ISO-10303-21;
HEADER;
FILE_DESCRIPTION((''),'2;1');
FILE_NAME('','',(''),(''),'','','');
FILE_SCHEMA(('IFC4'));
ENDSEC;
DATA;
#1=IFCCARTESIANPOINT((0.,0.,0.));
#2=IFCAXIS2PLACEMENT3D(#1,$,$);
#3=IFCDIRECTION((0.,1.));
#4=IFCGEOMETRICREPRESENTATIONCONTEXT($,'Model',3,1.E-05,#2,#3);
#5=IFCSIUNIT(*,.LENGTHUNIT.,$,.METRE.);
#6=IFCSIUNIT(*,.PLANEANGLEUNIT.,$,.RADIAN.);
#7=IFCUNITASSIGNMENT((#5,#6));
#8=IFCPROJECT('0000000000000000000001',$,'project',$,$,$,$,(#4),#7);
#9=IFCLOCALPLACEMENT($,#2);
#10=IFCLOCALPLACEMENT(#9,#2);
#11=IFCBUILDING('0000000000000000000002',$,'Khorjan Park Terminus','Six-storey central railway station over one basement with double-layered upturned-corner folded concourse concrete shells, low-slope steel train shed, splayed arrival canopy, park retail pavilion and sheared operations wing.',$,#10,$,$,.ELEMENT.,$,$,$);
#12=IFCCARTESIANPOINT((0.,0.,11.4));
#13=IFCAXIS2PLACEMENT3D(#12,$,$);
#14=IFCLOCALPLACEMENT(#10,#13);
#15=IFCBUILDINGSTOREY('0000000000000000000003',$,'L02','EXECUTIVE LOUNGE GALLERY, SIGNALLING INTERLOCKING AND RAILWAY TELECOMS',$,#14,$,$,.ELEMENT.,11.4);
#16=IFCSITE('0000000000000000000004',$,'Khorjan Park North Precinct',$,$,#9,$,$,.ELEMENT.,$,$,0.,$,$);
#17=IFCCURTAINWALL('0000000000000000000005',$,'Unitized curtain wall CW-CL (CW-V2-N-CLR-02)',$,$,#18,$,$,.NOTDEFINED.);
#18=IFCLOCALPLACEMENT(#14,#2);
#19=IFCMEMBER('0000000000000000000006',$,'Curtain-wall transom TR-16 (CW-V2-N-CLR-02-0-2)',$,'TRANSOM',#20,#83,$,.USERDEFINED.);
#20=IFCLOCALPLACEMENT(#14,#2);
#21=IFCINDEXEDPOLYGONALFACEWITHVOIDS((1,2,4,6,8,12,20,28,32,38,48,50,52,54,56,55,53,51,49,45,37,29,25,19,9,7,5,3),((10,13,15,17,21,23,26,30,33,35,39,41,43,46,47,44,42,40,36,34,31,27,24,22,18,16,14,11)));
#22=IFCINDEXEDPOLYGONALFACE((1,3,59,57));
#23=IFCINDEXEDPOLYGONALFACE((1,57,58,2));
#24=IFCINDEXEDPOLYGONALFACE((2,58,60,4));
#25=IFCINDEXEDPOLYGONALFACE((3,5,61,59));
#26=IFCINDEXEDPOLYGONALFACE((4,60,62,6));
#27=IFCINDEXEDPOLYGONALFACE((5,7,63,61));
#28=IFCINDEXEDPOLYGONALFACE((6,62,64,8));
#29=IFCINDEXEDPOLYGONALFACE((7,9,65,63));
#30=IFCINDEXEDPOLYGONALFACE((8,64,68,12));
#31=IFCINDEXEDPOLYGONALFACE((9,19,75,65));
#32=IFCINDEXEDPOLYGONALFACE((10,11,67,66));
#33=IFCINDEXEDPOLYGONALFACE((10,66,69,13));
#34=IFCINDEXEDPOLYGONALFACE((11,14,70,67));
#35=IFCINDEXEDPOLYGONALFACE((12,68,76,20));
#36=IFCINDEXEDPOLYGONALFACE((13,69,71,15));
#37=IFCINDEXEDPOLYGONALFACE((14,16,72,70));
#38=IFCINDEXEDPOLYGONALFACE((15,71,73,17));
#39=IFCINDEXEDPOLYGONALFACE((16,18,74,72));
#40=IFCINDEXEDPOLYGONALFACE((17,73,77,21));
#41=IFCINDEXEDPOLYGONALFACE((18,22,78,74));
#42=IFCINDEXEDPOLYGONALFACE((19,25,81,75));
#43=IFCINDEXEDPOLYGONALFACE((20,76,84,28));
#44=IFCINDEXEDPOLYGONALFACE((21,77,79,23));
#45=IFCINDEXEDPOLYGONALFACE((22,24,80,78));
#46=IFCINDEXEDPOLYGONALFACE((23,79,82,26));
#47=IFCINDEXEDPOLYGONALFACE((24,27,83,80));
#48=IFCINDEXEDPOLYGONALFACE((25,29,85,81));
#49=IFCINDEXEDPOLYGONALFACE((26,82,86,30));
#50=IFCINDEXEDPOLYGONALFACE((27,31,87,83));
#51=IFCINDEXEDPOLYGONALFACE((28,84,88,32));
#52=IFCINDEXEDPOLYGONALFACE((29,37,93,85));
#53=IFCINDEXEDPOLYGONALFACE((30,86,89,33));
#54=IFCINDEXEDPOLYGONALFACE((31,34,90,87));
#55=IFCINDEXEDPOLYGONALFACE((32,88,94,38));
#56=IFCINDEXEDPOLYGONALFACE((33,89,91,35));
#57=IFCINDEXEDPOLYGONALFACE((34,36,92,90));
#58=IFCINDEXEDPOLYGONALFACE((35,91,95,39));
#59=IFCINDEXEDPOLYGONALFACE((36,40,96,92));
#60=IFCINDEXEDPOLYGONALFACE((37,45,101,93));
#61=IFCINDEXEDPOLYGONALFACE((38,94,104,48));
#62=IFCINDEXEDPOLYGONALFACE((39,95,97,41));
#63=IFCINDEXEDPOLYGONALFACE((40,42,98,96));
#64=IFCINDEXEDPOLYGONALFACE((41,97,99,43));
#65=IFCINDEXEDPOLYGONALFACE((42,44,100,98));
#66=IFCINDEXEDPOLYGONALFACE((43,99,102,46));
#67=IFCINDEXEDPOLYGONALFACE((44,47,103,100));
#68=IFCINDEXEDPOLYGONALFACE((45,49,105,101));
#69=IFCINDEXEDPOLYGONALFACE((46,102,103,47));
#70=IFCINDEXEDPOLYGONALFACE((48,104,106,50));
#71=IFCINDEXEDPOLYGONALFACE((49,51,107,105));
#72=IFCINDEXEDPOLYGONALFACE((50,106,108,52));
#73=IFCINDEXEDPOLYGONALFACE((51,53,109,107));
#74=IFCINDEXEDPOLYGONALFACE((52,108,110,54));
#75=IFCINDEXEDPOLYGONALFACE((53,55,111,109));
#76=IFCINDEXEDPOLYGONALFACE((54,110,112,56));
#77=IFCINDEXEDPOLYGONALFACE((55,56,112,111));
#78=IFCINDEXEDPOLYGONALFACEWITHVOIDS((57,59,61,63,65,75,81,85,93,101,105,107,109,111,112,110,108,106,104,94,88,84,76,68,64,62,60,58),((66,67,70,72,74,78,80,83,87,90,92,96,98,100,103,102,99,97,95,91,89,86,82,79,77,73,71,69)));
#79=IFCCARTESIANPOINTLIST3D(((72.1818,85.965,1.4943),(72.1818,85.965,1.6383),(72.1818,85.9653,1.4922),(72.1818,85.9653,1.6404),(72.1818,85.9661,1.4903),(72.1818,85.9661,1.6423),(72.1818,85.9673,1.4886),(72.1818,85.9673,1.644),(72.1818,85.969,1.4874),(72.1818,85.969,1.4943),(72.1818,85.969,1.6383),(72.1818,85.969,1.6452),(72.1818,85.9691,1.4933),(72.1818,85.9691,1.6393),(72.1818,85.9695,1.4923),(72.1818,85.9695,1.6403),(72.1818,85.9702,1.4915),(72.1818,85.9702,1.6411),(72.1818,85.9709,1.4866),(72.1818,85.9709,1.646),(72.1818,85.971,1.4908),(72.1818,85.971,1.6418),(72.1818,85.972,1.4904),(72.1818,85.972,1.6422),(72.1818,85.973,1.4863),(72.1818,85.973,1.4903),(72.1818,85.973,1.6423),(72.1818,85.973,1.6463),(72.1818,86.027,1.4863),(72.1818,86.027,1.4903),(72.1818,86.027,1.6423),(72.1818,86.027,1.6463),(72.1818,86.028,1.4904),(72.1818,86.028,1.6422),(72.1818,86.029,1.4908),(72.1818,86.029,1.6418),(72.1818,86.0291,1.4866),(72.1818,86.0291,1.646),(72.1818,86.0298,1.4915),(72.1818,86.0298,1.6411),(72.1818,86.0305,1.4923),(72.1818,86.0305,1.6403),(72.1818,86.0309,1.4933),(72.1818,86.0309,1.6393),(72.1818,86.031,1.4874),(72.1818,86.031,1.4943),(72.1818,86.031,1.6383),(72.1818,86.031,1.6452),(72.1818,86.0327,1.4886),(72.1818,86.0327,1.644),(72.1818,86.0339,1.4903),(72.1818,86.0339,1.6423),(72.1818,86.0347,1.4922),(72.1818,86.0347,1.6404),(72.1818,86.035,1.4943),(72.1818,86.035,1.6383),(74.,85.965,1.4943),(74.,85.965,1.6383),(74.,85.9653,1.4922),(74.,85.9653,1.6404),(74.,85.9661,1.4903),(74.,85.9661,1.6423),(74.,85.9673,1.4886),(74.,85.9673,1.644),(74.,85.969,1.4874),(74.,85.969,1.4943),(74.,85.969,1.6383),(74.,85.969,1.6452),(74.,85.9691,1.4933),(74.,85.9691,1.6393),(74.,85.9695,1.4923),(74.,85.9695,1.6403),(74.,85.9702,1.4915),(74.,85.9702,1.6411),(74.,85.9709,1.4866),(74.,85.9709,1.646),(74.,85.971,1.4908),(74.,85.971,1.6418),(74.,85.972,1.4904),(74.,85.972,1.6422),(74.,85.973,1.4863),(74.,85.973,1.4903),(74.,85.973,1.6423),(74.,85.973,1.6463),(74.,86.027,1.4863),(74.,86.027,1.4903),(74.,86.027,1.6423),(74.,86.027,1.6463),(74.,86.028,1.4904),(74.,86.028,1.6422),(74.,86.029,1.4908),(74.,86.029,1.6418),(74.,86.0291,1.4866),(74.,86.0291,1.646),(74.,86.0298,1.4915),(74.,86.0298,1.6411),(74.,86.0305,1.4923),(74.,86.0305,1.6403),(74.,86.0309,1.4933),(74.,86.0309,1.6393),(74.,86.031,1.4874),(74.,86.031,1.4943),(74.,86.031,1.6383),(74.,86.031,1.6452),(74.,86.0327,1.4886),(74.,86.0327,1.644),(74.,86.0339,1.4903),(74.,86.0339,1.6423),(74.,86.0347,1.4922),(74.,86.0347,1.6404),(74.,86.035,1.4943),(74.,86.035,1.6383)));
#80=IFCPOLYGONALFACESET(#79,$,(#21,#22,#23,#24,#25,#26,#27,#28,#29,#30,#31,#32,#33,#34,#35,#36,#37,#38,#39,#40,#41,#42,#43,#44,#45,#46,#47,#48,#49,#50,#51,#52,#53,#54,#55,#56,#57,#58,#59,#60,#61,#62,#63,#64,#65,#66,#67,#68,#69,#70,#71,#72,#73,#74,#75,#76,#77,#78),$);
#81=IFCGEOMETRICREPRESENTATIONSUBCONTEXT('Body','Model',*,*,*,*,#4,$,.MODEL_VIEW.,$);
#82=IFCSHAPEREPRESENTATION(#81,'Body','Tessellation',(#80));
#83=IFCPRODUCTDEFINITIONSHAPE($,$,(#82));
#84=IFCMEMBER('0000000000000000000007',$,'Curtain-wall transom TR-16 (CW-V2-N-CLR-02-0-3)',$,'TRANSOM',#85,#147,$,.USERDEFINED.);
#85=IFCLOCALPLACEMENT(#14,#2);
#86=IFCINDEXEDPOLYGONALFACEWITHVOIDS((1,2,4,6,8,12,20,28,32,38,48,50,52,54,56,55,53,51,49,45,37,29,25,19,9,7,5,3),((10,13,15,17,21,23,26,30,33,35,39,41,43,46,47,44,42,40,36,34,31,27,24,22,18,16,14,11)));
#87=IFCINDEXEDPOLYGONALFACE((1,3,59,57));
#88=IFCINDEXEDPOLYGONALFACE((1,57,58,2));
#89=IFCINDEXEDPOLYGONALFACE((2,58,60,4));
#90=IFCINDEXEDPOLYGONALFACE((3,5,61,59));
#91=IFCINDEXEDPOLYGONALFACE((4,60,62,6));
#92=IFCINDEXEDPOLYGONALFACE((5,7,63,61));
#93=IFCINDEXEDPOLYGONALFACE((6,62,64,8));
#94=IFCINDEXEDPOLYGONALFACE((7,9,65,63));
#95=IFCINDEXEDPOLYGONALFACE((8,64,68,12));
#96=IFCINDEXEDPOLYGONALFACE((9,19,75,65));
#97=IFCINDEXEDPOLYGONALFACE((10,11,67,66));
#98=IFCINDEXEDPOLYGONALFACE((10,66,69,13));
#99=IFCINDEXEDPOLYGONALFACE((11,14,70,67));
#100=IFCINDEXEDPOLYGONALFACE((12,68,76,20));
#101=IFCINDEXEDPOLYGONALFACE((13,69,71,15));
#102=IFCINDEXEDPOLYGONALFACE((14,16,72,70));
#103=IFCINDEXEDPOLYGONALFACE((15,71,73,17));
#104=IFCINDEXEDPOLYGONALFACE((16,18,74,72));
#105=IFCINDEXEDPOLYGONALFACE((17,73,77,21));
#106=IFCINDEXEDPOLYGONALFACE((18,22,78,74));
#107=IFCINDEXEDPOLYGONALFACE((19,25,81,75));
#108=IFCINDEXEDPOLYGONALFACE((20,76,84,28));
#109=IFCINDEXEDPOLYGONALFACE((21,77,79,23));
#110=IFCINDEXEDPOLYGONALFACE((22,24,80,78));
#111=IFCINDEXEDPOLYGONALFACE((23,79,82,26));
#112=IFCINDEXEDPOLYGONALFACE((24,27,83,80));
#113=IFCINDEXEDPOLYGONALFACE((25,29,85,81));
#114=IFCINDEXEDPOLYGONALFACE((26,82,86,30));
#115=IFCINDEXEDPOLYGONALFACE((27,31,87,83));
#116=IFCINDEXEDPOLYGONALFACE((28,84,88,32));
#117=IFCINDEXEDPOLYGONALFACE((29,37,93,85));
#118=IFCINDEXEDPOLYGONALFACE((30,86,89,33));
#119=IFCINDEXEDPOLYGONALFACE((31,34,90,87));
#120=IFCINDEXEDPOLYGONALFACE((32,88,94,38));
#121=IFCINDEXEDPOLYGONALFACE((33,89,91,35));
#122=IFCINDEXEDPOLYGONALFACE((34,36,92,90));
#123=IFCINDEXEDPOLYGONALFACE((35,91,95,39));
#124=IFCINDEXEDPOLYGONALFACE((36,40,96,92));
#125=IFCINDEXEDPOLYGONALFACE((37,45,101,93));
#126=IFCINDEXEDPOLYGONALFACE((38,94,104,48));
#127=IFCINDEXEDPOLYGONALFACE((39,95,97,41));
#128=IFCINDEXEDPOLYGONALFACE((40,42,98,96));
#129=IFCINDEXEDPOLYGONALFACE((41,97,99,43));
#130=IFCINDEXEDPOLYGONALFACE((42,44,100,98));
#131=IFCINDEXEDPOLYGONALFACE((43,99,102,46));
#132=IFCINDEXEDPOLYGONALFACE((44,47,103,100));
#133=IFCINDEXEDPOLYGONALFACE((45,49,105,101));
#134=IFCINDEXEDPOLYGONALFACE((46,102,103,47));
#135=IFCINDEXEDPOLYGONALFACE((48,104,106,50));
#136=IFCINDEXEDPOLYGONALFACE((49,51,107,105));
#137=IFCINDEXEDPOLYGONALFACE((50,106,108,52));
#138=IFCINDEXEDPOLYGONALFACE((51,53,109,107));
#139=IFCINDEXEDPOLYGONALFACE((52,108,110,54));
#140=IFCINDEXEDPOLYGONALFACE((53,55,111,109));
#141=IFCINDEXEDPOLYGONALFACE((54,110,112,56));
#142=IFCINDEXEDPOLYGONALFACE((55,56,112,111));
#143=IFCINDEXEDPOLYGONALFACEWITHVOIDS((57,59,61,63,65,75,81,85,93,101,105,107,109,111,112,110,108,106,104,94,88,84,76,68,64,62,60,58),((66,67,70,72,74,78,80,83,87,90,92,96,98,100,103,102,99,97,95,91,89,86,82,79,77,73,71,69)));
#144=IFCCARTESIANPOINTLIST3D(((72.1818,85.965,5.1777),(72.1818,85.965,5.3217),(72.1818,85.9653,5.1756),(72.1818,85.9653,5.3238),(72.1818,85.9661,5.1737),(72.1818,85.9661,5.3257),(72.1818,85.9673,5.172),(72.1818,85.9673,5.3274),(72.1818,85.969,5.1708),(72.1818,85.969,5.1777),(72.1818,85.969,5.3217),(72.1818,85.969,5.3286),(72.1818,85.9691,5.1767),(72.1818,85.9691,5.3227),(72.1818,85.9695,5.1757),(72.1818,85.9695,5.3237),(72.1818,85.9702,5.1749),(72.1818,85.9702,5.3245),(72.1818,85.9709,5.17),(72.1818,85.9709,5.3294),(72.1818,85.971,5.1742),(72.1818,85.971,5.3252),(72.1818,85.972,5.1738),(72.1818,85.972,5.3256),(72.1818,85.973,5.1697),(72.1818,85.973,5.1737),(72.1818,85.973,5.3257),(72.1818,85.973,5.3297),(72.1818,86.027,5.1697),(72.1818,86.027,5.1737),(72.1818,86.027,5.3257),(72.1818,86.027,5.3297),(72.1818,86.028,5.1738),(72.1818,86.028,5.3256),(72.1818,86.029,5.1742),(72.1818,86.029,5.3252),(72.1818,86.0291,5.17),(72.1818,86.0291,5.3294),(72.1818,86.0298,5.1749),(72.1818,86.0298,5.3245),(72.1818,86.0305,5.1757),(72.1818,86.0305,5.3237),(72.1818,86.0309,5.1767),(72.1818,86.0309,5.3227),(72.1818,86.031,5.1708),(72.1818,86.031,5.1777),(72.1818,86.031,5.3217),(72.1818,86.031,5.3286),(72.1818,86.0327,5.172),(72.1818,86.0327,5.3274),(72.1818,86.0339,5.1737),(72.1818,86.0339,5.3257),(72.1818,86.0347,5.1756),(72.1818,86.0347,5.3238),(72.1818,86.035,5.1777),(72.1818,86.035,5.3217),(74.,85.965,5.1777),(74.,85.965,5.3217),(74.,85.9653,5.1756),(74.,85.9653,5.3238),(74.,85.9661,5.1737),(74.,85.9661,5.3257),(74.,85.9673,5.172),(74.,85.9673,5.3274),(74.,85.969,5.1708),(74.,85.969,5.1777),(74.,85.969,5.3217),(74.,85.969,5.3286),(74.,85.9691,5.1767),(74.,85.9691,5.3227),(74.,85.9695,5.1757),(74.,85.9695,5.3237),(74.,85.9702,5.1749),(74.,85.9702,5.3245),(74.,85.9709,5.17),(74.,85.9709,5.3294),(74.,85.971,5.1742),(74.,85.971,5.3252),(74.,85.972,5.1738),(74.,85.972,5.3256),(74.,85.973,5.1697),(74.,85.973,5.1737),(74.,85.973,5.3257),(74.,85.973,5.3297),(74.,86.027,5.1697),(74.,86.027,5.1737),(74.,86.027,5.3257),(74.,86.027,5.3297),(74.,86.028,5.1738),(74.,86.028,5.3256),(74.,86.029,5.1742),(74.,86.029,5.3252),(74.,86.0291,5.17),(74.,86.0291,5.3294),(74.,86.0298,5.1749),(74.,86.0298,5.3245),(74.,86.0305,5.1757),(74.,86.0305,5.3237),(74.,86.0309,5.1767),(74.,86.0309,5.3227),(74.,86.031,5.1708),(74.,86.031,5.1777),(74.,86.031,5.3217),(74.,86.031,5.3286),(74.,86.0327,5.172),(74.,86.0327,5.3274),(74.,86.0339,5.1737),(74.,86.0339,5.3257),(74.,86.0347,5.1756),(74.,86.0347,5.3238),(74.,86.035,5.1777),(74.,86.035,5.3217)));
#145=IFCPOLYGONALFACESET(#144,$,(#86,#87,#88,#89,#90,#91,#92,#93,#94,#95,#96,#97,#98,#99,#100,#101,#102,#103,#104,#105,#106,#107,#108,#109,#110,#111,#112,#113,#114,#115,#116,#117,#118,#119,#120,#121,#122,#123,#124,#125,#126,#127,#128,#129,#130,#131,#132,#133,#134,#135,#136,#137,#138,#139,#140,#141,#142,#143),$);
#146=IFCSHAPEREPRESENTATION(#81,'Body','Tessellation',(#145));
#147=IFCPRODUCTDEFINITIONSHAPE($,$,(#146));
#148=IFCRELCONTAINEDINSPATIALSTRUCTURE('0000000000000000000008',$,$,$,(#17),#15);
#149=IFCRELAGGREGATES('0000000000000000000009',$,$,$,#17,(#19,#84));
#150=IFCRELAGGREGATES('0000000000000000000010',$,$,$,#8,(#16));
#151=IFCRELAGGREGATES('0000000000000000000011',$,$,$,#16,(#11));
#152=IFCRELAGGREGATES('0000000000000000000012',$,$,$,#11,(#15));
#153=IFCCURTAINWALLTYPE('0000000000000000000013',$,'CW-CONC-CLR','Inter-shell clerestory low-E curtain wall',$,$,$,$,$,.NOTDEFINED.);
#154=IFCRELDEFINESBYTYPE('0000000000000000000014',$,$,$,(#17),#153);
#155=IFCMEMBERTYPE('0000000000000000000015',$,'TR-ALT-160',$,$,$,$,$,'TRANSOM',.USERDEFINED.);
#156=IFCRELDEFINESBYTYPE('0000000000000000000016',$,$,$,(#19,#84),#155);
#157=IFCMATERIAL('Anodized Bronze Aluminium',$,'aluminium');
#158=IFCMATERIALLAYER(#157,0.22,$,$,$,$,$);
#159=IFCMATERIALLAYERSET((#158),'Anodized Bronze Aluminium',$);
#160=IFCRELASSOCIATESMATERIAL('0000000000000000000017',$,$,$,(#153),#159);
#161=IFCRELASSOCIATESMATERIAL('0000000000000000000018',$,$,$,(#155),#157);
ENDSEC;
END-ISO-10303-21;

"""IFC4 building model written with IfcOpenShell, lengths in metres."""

from ifc_helpers import new_model, si_unit, direction, frame, origin, origin_2d, place, context, subcontext, project, spatial, hollow_rectangle, extrude, material, layer, layer_set, material_profile, profile_set, type_object, element, aggregate, save


model = new_model("IFC4")

# Units and contexts
model_context = context("Model", 3, precision=1e-05, world=origin(), true_north=direction((0.0, 1.0)))
body_context = subcontext(model_context, "Body", "Model", "MODEL_VIEW")
ifc_project = project(units=[si_unit("LENGTHUNIT", "METRE"), si_unit("PLANEANGLEUNIT", "RADIAN")], contexts=[model_context])

# Site, building, storey
site_placement = place(None, origin())
site = spatial("IfcSite", under=ifc_project, at=site_placement, Name="Khorjan Park North Precinct", CompositionType="ELEMENT", RefElevation=0.0)
building_placement = place(site_placement, origin())
building = spatial("IfcBuilding", under=site, at=building_placement, Name="Khorjan Park Terminus", Description="Six-storey central railway station over one basement with double-layered upturned-corner folded concourse concrete shells, low-slope steel train shed, splayed arrival canopy, park retail pavilion and sheared operations wing.", CompositionType="ELEMENT")
storey_placement = place(building_placement, frame((0.0, 0.0, 11.4)))
storey = spatial("IfcBuildingStorey", under=building, at=storey_placement, Name="L02", Description="EXECUTIVE LOUNGE GALLERY, SIGNALLING INTERLOCKING AND RAILWAY TELECOMS", CompositionType="ELEMENT", Elevation=11.4)

# Curtain wall
ifc_material_1 = material(Name="Anodized Bronze Aluminium", Category="aluminium")
ifc_layer_1 = layer(ifc_material_1, 0.22)
ifc_layer_set_1 = layer_set([ifc_layer_1], Name="Anodized Bronze Aluminium")
curtain_wall_type = type_object("IfcCurtainWallType", Name="CW-CONC-CLR", Description="Inter-shell clerestory low-E curtain wall", PredefinedType="NOTDEFINED", material=ifc_layer_set_1)
curtain_wall_1_placement = place(storey_placement, origin())
curtain_wall_1 = element("IfcCurtainWall", 1, at=curtain_wall_1_placement, inside=storey, type_object=curtain_wall_type, Name="Unitized curtain wall CW-CL (CW-V2-N-CLR-02)", PredefinedType="NOTDEFINED")

# Members
ifc_material_profile_1 = material_profile(ifc_material_1, hollow_rectangle(XDim=0.07, YDim=0.16, WallThickness=0.004, InnerFilletRadius=0.004, OuterFilletRadius=0.008, at=origin_2d()), Name="ALT 70x160x4")
ifc_profile_set_1 = profile_set([ifc_material_profile_1], Name="Anodized Bronze Aluminium")
member_type_1 = type_object("IfcMemberType", Name="TR-ALT-160", ElementType="TRANSOM", PredefinedType="USERDEFINED", material=ifc_profile_set_1)
member_1_placement = place(storey_placement, frame((74.0, 86.0, 1.5663), z_axis=(-1.0, 0.0, 0.0), x_axis=(0.0, -1.0, 0.0)))
member_1 = element("IfcMember", 2, at=member_1_placement, type_object=member_type_1, Name="Curtain-wall transom TR-16 (CW-V2-N-CLR-02-0-2)", ObjectType="TRANSOM", PredefinedType="USERDEFINED", context=body_context, shape_type="SweptSolid", body=[
    extrude(hollow_rectangle(XDim=0.07, YDim=0.16, WallThickness=0.004, InnerFilletRadius=0.004, OuterFilletRadius=0.008, at=origin_2d()), origin(), (0.0, 0.0, 1.0), 1.8182),
])
member_2_placement = place(storey_placement, frame((74.0, 86.0, 5.2497), z_axis=(-1.0, 0.0, 0.0), x_axis=(0.0, -1.0, 0.0)))
member_2 = element("IfcMember", 3, at=member_2_placement, type_object=member_type_1, Name="Curtain-wall transom TR-16 (CW-V2-N-CLR-02-0-3)", ObjectType="TRANSOM", PredefinedType="USERDEFINED", context=body_context, shape_type="SweptSolid", body=[
    extrude(hollow_rectangle(XDim=0.07, YDim=0.16, WallThickness=0.004, InnerFilletRadius=0.004, OuterFilletRadius=0.008, at=origin_2d()), origin(), (0.0, 0.0, 1.0), 1.8182),
])

aggregate(curtain_wall_1, [member_1, member_2])

save(model, "model.ifc")
